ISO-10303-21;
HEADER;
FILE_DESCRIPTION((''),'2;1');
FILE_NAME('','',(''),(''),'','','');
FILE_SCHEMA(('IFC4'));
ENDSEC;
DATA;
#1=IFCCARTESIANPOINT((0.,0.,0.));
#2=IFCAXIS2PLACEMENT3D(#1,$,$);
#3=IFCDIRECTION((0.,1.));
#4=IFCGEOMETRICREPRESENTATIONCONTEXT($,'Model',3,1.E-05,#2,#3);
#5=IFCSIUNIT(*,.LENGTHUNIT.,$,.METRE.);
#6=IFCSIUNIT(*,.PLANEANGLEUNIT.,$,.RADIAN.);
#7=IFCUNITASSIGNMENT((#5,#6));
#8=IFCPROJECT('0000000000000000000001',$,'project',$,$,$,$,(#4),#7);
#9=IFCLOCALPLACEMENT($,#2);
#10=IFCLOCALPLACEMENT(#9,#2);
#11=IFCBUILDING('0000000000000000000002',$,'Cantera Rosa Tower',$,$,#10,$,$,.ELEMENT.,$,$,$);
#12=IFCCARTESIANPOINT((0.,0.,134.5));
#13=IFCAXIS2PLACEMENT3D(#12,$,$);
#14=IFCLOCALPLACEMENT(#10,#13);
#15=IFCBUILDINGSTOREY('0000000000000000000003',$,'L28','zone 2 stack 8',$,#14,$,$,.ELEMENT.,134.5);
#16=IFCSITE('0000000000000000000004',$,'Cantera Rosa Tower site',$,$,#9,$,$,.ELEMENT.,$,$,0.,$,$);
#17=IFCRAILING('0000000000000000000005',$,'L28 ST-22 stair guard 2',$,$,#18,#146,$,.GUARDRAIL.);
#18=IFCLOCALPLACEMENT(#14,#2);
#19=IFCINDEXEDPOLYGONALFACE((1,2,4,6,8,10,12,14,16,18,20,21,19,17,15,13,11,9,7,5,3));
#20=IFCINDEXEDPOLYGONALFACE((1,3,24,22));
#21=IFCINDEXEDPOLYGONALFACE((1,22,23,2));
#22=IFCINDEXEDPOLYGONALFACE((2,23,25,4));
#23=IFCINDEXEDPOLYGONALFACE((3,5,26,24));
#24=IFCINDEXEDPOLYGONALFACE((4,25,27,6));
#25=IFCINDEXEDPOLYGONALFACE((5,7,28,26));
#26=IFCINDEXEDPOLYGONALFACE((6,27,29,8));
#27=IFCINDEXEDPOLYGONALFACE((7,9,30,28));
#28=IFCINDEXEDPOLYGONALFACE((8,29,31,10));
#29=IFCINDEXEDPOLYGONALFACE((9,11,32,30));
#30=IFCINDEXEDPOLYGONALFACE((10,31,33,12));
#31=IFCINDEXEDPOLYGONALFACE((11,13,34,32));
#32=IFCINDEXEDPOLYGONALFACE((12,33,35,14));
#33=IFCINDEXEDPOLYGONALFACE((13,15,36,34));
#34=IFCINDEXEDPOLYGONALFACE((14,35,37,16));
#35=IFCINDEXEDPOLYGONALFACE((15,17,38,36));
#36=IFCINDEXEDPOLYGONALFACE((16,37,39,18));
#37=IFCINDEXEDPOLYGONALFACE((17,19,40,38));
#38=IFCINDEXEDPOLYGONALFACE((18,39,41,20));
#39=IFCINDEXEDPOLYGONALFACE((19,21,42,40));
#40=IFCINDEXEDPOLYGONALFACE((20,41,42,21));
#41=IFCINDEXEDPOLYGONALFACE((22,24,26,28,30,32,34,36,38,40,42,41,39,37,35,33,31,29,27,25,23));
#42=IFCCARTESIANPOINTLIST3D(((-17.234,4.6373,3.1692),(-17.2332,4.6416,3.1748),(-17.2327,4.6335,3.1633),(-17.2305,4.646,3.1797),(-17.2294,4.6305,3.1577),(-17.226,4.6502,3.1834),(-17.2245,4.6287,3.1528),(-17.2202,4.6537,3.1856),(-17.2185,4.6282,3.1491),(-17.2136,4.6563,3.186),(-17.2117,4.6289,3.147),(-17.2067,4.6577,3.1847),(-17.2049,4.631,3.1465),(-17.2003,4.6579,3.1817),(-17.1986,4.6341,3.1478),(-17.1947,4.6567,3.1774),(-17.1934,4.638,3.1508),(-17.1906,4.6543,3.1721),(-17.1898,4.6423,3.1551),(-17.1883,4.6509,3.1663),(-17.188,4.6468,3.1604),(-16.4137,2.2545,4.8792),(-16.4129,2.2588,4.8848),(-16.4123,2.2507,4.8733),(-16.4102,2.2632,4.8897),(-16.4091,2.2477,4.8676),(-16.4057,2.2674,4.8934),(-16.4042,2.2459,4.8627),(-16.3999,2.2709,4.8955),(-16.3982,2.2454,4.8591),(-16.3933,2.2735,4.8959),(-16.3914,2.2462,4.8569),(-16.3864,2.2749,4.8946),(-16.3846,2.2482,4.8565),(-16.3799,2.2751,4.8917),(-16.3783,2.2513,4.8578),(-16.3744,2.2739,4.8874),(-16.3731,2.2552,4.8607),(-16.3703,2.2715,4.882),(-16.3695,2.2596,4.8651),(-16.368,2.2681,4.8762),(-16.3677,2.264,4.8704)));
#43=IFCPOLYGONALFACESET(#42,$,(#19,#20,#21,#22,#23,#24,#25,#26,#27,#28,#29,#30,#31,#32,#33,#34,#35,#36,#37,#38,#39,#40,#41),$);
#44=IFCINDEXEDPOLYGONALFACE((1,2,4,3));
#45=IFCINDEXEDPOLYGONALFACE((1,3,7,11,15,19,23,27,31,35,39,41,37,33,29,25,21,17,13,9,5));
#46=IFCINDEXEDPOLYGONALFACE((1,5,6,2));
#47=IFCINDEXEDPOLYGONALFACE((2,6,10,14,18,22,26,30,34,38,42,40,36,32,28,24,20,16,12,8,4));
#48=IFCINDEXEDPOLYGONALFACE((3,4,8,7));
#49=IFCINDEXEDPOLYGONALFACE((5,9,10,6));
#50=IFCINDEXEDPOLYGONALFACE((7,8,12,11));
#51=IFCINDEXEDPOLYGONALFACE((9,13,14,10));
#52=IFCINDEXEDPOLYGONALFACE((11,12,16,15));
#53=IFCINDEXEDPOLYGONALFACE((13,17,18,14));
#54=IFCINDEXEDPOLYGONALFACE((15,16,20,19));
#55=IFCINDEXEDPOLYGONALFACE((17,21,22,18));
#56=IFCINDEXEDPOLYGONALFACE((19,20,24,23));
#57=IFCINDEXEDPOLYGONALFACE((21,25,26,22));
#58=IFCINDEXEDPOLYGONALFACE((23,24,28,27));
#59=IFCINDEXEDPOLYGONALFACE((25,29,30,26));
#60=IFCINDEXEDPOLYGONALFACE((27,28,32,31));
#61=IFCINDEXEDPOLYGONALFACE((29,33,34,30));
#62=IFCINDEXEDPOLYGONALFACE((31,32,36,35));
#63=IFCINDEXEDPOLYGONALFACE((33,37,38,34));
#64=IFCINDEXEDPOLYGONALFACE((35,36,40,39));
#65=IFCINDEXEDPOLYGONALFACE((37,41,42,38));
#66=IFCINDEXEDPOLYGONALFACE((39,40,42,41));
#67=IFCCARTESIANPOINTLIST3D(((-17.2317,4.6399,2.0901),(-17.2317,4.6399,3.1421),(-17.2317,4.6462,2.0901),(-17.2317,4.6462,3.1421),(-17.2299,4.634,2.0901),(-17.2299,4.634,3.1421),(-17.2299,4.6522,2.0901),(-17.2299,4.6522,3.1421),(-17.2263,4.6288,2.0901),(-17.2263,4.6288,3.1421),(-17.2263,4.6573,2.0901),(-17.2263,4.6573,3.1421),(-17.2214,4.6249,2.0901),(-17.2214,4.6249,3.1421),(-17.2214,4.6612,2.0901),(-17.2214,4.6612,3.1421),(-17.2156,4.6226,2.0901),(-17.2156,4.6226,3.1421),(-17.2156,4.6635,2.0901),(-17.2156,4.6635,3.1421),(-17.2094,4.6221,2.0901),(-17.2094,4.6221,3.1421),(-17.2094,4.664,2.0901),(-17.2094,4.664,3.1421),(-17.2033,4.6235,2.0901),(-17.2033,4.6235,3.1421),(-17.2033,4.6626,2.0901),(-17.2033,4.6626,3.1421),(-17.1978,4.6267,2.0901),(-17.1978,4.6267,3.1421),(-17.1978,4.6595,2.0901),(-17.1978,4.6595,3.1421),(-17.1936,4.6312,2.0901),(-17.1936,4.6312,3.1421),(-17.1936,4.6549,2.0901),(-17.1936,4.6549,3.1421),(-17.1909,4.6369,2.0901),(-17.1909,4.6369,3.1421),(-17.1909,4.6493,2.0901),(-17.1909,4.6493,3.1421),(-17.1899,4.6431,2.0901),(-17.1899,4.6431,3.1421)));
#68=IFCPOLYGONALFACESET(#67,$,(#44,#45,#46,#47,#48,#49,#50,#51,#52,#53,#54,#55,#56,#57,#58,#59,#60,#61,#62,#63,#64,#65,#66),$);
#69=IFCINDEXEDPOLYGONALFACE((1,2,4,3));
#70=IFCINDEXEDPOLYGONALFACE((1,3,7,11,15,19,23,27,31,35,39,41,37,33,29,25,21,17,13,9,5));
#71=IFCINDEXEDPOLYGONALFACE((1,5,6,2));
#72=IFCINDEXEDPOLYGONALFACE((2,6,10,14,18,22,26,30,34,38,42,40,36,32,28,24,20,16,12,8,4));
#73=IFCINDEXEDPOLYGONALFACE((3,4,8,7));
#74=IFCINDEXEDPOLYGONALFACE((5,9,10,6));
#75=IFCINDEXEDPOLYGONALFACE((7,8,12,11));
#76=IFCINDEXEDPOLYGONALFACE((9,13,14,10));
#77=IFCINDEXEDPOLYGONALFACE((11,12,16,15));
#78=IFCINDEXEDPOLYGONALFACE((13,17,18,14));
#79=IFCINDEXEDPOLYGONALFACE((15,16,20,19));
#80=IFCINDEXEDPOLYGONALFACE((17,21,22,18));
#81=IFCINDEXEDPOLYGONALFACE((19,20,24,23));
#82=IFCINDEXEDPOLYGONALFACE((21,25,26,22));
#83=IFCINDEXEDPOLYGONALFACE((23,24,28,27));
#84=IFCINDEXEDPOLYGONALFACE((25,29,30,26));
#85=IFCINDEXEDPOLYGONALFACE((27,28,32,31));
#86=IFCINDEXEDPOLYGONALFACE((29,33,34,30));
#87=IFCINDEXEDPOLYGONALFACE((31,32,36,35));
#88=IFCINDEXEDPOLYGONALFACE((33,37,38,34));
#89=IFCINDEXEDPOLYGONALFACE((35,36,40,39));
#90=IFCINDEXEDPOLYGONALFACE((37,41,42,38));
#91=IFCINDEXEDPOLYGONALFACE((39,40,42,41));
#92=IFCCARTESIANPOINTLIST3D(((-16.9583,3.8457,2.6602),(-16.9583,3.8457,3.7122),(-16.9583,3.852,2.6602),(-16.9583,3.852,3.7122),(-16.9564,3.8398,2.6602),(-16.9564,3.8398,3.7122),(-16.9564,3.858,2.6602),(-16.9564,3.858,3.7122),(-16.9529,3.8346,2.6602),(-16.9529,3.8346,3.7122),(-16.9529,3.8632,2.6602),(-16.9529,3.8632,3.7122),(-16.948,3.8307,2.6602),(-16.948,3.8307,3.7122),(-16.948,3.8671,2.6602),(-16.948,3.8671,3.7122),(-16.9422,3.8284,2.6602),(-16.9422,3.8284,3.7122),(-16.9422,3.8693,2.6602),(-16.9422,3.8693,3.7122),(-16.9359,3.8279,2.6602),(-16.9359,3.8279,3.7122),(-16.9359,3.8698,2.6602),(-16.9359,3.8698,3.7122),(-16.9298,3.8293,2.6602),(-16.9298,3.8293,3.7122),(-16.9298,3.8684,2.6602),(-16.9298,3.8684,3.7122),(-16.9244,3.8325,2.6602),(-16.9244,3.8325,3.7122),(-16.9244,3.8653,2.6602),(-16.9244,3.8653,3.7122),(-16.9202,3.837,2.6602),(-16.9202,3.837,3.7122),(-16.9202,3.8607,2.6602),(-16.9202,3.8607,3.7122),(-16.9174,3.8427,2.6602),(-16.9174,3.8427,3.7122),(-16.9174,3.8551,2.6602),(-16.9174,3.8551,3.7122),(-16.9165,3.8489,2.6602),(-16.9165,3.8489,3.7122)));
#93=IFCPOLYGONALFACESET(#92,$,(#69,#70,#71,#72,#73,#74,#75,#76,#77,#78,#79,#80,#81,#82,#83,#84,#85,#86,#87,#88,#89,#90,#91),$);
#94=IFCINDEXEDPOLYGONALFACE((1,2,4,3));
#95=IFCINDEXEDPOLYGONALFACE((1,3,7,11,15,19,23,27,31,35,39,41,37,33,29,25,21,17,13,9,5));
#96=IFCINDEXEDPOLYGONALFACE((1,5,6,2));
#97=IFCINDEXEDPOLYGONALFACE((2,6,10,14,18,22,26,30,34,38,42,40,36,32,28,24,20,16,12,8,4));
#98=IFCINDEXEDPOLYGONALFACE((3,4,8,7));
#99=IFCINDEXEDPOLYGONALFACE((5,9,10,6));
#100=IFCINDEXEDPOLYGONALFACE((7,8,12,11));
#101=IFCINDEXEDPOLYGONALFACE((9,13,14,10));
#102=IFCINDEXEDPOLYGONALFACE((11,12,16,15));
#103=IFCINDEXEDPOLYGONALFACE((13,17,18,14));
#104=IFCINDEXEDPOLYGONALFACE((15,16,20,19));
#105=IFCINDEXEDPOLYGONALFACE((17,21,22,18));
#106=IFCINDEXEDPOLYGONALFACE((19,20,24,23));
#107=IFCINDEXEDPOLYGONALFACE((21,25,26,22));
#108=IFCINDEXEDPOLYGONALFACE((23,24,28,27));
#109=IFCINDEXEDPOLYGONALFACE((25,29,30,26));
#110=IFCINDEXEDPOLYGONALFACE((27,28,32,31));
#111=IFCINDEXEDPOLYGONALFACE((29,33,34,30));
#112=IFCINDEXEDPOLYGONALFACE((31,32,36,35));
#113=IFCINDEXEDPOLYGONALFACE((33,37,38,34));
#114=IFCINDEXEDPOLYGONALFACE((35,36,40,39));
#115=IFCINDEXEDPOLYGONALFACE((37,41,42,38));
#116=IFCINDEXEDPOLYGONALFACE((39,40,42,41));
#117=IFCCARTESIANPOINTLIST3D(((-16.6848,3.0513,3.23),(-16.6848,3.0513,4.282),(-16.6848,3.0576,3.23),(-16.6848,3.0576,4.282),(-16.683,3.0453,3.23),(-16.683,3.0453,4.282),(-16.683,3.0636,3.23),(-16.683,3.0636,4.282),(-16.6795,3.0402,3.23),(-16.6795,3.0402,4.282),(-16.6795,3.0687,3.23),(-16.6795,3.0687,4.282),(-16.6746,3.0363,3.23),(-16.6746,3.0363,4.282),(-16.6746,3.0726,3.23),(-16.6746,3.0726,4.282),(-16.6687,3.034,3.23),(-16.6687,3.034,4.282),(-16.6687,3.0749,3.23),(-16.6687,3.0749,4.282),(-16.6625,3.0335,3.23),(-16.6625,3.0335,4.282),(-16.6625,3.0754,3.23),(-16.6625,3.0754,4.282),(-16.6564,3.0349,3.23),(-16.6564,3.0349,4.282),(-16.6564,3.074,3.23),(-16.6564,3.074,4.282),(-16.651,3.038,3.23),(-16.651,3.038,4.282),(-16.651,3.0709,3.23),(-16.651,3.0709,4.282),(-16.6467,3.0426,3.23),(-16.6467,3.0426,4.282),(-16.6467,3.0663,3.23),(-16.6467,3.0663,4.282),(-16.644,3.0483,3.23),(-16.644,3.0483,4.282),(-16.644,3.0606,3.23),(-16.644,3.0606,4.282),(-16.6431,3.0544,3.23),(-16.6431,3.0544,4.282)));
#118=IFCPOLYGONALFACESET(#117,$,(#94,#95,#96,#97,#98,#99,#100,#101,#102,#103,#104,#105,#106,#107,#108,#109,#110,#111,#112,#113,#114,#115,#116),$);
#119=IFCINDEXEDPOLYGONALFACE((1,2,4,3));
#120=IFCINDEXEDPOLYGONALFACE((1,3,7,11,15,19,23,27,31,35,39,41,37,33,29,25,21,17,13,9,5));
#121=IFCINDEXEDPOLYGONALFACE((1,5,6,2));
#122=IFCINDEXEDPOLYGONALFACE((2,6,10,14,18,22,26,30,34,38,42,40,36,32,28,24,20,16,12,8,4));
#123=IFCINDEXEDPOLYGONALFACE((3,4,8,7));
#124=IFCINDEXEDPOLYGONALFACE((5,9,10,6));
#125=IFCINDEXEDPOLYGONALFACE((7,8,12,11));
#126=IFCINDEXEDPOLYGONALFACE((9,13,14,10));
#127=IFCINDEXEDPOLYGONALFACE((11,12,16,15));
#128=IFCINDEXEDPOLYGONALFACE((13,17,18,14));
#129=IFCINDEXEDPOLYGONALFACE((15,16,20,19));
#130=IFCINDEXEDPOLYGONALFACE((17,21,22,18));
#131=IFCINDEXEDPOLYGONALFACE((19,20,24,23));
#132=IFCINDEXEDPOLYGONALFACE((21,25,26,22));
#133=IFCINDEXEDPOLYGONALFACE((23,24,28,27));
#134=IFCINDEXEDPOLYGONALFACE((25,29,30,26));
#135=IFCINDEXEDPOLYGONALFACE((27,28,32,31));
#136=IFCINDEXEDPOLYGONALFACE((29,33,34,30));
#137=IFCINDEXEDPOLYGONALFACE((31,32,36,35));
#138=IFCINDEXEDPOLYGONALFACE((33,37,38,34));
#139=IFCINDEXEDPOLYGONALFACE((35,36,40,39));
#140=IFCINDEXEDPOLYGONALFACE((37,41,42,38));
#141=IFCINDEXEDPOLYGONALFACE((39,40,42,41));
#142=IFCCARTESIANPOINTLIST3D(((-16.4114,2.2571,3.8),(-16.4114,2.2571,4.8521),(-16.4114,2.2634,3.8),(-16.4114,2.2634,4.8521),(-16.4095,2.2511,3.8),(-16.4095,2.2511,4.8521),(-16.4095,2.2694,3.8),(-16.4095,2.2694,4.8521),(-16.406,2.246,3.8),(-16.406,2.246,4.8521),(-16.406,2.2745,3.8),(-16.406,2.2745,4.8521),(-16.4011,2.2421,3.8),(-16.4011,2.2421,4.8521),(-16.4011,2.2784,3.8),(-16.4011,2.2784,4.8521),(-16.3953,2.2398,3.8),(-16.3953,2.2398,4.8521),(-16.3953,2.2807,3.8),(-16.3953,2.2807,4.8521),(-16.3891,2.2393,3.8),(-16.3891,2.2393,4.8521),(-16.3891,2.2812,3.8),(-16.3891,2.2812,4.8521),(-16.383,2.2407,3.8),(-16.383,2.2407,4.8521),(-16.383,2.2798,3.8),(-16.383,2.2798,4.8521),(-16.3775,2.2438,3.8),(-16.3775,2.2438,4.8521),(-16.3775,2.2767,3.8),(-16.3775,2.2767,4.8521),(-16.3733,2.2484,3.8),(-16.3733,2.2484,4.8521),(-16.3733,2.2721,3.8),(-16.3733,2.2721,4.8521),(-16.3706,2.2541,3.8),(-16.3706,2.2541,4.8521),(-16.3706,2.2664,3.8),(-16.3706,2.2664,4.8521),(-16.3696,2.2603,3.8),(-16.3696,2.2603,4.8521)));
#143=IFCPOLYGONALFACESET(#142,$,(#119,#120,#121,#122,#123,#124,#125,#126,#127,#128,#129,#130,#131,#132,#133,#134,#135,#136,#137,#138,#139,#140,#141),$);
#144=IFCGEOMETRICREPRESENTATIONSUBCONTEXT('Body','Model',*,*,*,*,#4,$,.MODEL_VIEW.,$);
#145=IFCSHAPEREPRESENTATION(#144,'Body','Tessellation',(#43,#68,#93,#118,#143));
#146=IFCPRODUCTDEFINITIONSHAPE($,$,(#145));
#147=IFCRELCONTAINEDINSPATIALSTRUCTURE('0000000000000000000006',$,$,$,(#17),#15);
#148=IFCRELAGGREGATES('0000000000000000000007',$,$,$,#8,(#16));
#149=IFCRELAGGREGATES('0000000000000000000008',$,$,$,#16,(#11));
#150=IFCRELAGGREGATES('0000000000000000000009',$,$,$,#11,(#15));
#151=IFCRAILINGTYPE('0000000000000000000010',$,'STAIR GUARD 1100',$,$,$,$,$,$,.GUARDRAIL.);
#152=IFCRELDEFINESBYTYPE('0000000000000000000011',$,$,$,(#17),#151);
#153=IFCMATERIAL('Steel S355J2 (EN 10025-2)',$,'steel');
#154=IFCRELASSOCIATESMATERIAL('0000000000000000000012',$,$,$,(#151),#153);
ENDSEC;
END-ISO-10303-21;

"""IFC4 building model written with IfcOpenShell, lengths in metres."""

from ifc_helpers import new_model, si_unit, direction, frame, origin, origin_2d, place, context, subcontext, project, spatial, circle, extrude, material, type_object, element, save


model = new_model("IFC4")

# Units and contexts
model_context = context("Model", 3, precision=1e-05, world=origin(), true_north=direction((0.0, 1.0)))
body_context = subcontext(model_context, "Body", "Model", "MODEL_VIEW")
ifc_project = project(units=[si_unit("LENGTHUNIT", "METRE"), si_unit("PLANEANGLEUNIT", "RADIAN")], contexts=[model_context])

# Site, building, storey
site_placement = place(None, origin())
site = spatial("IfcSite", under=ifc_project, at=site_placement, Name="Cantera Rosa Tower site", CompositionType="ELEMENT", RefElevation=0.0)
building_placement = place(site_placement, origin())
building = spatial("IfcBuilding", under=site, at=building_placement, Name="Cantera Rosa Tower", CompositionType="ELEMENT")
storey_placement = place(building_placement, frame((0.0, 0.0, 134.5)))
storey = spatial("IfcBuildingStorey", under=building, at=storey_placement, Name="L28", Description="zone 2 stack 8", CompositionType="ELEMENT", Elevation=134.5)

# Railing
ifc_material_1 = material(Name="Steel S355J2 (EN 10025-2)", Category="steel")
railing_type_1 = type_object("IfcRailingType", Name="STAIR GUARD 1100", PredefinedType="GUARDRAIL", material=ifc_material_1)
railing_1_placement = place(storey_placement, frame((-17.2109, 4.6431, 2.0901)))
element("IfcRailing", 1, at=railing_1_placement, inside=storey, type_object=railing_type_1, Name="L28 ST-22 stair guard 2", PredefinedType="GUARDRAIL", context=body_context, shape_type="SweptSolid", body=[
    extrude(circle(Radius=0.0239, at=origin_2d()), frame((0.0, 0.0, 1.0762), z_axis=(0.269358, -0.782421, 0.561483), x_axis=(0.945538, 0.325513, 0.0)), (0.0, 0.0, 1.0), 3.0454),
    extrude(circle(Radius=0.021, at=origin_2d()), origin(), (0.0, 0.0, 1.0), 1.052),
    extrude(circle(Radius=0.021, at=origin_2d()), frame((0.2734, -0.7942, 0.5701)), (0.0, 0.0, 1.0), 1.052),
    extrude(circle(Radius=0.021, at=origin_2d()), frame((0.5469, -1.5886, 1.1399)), (0.0, 0.0, 1.0), 1.052),
    extrude(circle(Radius=0.021, at=origin_2d()), frame((0.8203, -2.3828, 1.71)), (0.0, 0.0, 1.0), 1.052),
])

save(model, "model.ifc")
